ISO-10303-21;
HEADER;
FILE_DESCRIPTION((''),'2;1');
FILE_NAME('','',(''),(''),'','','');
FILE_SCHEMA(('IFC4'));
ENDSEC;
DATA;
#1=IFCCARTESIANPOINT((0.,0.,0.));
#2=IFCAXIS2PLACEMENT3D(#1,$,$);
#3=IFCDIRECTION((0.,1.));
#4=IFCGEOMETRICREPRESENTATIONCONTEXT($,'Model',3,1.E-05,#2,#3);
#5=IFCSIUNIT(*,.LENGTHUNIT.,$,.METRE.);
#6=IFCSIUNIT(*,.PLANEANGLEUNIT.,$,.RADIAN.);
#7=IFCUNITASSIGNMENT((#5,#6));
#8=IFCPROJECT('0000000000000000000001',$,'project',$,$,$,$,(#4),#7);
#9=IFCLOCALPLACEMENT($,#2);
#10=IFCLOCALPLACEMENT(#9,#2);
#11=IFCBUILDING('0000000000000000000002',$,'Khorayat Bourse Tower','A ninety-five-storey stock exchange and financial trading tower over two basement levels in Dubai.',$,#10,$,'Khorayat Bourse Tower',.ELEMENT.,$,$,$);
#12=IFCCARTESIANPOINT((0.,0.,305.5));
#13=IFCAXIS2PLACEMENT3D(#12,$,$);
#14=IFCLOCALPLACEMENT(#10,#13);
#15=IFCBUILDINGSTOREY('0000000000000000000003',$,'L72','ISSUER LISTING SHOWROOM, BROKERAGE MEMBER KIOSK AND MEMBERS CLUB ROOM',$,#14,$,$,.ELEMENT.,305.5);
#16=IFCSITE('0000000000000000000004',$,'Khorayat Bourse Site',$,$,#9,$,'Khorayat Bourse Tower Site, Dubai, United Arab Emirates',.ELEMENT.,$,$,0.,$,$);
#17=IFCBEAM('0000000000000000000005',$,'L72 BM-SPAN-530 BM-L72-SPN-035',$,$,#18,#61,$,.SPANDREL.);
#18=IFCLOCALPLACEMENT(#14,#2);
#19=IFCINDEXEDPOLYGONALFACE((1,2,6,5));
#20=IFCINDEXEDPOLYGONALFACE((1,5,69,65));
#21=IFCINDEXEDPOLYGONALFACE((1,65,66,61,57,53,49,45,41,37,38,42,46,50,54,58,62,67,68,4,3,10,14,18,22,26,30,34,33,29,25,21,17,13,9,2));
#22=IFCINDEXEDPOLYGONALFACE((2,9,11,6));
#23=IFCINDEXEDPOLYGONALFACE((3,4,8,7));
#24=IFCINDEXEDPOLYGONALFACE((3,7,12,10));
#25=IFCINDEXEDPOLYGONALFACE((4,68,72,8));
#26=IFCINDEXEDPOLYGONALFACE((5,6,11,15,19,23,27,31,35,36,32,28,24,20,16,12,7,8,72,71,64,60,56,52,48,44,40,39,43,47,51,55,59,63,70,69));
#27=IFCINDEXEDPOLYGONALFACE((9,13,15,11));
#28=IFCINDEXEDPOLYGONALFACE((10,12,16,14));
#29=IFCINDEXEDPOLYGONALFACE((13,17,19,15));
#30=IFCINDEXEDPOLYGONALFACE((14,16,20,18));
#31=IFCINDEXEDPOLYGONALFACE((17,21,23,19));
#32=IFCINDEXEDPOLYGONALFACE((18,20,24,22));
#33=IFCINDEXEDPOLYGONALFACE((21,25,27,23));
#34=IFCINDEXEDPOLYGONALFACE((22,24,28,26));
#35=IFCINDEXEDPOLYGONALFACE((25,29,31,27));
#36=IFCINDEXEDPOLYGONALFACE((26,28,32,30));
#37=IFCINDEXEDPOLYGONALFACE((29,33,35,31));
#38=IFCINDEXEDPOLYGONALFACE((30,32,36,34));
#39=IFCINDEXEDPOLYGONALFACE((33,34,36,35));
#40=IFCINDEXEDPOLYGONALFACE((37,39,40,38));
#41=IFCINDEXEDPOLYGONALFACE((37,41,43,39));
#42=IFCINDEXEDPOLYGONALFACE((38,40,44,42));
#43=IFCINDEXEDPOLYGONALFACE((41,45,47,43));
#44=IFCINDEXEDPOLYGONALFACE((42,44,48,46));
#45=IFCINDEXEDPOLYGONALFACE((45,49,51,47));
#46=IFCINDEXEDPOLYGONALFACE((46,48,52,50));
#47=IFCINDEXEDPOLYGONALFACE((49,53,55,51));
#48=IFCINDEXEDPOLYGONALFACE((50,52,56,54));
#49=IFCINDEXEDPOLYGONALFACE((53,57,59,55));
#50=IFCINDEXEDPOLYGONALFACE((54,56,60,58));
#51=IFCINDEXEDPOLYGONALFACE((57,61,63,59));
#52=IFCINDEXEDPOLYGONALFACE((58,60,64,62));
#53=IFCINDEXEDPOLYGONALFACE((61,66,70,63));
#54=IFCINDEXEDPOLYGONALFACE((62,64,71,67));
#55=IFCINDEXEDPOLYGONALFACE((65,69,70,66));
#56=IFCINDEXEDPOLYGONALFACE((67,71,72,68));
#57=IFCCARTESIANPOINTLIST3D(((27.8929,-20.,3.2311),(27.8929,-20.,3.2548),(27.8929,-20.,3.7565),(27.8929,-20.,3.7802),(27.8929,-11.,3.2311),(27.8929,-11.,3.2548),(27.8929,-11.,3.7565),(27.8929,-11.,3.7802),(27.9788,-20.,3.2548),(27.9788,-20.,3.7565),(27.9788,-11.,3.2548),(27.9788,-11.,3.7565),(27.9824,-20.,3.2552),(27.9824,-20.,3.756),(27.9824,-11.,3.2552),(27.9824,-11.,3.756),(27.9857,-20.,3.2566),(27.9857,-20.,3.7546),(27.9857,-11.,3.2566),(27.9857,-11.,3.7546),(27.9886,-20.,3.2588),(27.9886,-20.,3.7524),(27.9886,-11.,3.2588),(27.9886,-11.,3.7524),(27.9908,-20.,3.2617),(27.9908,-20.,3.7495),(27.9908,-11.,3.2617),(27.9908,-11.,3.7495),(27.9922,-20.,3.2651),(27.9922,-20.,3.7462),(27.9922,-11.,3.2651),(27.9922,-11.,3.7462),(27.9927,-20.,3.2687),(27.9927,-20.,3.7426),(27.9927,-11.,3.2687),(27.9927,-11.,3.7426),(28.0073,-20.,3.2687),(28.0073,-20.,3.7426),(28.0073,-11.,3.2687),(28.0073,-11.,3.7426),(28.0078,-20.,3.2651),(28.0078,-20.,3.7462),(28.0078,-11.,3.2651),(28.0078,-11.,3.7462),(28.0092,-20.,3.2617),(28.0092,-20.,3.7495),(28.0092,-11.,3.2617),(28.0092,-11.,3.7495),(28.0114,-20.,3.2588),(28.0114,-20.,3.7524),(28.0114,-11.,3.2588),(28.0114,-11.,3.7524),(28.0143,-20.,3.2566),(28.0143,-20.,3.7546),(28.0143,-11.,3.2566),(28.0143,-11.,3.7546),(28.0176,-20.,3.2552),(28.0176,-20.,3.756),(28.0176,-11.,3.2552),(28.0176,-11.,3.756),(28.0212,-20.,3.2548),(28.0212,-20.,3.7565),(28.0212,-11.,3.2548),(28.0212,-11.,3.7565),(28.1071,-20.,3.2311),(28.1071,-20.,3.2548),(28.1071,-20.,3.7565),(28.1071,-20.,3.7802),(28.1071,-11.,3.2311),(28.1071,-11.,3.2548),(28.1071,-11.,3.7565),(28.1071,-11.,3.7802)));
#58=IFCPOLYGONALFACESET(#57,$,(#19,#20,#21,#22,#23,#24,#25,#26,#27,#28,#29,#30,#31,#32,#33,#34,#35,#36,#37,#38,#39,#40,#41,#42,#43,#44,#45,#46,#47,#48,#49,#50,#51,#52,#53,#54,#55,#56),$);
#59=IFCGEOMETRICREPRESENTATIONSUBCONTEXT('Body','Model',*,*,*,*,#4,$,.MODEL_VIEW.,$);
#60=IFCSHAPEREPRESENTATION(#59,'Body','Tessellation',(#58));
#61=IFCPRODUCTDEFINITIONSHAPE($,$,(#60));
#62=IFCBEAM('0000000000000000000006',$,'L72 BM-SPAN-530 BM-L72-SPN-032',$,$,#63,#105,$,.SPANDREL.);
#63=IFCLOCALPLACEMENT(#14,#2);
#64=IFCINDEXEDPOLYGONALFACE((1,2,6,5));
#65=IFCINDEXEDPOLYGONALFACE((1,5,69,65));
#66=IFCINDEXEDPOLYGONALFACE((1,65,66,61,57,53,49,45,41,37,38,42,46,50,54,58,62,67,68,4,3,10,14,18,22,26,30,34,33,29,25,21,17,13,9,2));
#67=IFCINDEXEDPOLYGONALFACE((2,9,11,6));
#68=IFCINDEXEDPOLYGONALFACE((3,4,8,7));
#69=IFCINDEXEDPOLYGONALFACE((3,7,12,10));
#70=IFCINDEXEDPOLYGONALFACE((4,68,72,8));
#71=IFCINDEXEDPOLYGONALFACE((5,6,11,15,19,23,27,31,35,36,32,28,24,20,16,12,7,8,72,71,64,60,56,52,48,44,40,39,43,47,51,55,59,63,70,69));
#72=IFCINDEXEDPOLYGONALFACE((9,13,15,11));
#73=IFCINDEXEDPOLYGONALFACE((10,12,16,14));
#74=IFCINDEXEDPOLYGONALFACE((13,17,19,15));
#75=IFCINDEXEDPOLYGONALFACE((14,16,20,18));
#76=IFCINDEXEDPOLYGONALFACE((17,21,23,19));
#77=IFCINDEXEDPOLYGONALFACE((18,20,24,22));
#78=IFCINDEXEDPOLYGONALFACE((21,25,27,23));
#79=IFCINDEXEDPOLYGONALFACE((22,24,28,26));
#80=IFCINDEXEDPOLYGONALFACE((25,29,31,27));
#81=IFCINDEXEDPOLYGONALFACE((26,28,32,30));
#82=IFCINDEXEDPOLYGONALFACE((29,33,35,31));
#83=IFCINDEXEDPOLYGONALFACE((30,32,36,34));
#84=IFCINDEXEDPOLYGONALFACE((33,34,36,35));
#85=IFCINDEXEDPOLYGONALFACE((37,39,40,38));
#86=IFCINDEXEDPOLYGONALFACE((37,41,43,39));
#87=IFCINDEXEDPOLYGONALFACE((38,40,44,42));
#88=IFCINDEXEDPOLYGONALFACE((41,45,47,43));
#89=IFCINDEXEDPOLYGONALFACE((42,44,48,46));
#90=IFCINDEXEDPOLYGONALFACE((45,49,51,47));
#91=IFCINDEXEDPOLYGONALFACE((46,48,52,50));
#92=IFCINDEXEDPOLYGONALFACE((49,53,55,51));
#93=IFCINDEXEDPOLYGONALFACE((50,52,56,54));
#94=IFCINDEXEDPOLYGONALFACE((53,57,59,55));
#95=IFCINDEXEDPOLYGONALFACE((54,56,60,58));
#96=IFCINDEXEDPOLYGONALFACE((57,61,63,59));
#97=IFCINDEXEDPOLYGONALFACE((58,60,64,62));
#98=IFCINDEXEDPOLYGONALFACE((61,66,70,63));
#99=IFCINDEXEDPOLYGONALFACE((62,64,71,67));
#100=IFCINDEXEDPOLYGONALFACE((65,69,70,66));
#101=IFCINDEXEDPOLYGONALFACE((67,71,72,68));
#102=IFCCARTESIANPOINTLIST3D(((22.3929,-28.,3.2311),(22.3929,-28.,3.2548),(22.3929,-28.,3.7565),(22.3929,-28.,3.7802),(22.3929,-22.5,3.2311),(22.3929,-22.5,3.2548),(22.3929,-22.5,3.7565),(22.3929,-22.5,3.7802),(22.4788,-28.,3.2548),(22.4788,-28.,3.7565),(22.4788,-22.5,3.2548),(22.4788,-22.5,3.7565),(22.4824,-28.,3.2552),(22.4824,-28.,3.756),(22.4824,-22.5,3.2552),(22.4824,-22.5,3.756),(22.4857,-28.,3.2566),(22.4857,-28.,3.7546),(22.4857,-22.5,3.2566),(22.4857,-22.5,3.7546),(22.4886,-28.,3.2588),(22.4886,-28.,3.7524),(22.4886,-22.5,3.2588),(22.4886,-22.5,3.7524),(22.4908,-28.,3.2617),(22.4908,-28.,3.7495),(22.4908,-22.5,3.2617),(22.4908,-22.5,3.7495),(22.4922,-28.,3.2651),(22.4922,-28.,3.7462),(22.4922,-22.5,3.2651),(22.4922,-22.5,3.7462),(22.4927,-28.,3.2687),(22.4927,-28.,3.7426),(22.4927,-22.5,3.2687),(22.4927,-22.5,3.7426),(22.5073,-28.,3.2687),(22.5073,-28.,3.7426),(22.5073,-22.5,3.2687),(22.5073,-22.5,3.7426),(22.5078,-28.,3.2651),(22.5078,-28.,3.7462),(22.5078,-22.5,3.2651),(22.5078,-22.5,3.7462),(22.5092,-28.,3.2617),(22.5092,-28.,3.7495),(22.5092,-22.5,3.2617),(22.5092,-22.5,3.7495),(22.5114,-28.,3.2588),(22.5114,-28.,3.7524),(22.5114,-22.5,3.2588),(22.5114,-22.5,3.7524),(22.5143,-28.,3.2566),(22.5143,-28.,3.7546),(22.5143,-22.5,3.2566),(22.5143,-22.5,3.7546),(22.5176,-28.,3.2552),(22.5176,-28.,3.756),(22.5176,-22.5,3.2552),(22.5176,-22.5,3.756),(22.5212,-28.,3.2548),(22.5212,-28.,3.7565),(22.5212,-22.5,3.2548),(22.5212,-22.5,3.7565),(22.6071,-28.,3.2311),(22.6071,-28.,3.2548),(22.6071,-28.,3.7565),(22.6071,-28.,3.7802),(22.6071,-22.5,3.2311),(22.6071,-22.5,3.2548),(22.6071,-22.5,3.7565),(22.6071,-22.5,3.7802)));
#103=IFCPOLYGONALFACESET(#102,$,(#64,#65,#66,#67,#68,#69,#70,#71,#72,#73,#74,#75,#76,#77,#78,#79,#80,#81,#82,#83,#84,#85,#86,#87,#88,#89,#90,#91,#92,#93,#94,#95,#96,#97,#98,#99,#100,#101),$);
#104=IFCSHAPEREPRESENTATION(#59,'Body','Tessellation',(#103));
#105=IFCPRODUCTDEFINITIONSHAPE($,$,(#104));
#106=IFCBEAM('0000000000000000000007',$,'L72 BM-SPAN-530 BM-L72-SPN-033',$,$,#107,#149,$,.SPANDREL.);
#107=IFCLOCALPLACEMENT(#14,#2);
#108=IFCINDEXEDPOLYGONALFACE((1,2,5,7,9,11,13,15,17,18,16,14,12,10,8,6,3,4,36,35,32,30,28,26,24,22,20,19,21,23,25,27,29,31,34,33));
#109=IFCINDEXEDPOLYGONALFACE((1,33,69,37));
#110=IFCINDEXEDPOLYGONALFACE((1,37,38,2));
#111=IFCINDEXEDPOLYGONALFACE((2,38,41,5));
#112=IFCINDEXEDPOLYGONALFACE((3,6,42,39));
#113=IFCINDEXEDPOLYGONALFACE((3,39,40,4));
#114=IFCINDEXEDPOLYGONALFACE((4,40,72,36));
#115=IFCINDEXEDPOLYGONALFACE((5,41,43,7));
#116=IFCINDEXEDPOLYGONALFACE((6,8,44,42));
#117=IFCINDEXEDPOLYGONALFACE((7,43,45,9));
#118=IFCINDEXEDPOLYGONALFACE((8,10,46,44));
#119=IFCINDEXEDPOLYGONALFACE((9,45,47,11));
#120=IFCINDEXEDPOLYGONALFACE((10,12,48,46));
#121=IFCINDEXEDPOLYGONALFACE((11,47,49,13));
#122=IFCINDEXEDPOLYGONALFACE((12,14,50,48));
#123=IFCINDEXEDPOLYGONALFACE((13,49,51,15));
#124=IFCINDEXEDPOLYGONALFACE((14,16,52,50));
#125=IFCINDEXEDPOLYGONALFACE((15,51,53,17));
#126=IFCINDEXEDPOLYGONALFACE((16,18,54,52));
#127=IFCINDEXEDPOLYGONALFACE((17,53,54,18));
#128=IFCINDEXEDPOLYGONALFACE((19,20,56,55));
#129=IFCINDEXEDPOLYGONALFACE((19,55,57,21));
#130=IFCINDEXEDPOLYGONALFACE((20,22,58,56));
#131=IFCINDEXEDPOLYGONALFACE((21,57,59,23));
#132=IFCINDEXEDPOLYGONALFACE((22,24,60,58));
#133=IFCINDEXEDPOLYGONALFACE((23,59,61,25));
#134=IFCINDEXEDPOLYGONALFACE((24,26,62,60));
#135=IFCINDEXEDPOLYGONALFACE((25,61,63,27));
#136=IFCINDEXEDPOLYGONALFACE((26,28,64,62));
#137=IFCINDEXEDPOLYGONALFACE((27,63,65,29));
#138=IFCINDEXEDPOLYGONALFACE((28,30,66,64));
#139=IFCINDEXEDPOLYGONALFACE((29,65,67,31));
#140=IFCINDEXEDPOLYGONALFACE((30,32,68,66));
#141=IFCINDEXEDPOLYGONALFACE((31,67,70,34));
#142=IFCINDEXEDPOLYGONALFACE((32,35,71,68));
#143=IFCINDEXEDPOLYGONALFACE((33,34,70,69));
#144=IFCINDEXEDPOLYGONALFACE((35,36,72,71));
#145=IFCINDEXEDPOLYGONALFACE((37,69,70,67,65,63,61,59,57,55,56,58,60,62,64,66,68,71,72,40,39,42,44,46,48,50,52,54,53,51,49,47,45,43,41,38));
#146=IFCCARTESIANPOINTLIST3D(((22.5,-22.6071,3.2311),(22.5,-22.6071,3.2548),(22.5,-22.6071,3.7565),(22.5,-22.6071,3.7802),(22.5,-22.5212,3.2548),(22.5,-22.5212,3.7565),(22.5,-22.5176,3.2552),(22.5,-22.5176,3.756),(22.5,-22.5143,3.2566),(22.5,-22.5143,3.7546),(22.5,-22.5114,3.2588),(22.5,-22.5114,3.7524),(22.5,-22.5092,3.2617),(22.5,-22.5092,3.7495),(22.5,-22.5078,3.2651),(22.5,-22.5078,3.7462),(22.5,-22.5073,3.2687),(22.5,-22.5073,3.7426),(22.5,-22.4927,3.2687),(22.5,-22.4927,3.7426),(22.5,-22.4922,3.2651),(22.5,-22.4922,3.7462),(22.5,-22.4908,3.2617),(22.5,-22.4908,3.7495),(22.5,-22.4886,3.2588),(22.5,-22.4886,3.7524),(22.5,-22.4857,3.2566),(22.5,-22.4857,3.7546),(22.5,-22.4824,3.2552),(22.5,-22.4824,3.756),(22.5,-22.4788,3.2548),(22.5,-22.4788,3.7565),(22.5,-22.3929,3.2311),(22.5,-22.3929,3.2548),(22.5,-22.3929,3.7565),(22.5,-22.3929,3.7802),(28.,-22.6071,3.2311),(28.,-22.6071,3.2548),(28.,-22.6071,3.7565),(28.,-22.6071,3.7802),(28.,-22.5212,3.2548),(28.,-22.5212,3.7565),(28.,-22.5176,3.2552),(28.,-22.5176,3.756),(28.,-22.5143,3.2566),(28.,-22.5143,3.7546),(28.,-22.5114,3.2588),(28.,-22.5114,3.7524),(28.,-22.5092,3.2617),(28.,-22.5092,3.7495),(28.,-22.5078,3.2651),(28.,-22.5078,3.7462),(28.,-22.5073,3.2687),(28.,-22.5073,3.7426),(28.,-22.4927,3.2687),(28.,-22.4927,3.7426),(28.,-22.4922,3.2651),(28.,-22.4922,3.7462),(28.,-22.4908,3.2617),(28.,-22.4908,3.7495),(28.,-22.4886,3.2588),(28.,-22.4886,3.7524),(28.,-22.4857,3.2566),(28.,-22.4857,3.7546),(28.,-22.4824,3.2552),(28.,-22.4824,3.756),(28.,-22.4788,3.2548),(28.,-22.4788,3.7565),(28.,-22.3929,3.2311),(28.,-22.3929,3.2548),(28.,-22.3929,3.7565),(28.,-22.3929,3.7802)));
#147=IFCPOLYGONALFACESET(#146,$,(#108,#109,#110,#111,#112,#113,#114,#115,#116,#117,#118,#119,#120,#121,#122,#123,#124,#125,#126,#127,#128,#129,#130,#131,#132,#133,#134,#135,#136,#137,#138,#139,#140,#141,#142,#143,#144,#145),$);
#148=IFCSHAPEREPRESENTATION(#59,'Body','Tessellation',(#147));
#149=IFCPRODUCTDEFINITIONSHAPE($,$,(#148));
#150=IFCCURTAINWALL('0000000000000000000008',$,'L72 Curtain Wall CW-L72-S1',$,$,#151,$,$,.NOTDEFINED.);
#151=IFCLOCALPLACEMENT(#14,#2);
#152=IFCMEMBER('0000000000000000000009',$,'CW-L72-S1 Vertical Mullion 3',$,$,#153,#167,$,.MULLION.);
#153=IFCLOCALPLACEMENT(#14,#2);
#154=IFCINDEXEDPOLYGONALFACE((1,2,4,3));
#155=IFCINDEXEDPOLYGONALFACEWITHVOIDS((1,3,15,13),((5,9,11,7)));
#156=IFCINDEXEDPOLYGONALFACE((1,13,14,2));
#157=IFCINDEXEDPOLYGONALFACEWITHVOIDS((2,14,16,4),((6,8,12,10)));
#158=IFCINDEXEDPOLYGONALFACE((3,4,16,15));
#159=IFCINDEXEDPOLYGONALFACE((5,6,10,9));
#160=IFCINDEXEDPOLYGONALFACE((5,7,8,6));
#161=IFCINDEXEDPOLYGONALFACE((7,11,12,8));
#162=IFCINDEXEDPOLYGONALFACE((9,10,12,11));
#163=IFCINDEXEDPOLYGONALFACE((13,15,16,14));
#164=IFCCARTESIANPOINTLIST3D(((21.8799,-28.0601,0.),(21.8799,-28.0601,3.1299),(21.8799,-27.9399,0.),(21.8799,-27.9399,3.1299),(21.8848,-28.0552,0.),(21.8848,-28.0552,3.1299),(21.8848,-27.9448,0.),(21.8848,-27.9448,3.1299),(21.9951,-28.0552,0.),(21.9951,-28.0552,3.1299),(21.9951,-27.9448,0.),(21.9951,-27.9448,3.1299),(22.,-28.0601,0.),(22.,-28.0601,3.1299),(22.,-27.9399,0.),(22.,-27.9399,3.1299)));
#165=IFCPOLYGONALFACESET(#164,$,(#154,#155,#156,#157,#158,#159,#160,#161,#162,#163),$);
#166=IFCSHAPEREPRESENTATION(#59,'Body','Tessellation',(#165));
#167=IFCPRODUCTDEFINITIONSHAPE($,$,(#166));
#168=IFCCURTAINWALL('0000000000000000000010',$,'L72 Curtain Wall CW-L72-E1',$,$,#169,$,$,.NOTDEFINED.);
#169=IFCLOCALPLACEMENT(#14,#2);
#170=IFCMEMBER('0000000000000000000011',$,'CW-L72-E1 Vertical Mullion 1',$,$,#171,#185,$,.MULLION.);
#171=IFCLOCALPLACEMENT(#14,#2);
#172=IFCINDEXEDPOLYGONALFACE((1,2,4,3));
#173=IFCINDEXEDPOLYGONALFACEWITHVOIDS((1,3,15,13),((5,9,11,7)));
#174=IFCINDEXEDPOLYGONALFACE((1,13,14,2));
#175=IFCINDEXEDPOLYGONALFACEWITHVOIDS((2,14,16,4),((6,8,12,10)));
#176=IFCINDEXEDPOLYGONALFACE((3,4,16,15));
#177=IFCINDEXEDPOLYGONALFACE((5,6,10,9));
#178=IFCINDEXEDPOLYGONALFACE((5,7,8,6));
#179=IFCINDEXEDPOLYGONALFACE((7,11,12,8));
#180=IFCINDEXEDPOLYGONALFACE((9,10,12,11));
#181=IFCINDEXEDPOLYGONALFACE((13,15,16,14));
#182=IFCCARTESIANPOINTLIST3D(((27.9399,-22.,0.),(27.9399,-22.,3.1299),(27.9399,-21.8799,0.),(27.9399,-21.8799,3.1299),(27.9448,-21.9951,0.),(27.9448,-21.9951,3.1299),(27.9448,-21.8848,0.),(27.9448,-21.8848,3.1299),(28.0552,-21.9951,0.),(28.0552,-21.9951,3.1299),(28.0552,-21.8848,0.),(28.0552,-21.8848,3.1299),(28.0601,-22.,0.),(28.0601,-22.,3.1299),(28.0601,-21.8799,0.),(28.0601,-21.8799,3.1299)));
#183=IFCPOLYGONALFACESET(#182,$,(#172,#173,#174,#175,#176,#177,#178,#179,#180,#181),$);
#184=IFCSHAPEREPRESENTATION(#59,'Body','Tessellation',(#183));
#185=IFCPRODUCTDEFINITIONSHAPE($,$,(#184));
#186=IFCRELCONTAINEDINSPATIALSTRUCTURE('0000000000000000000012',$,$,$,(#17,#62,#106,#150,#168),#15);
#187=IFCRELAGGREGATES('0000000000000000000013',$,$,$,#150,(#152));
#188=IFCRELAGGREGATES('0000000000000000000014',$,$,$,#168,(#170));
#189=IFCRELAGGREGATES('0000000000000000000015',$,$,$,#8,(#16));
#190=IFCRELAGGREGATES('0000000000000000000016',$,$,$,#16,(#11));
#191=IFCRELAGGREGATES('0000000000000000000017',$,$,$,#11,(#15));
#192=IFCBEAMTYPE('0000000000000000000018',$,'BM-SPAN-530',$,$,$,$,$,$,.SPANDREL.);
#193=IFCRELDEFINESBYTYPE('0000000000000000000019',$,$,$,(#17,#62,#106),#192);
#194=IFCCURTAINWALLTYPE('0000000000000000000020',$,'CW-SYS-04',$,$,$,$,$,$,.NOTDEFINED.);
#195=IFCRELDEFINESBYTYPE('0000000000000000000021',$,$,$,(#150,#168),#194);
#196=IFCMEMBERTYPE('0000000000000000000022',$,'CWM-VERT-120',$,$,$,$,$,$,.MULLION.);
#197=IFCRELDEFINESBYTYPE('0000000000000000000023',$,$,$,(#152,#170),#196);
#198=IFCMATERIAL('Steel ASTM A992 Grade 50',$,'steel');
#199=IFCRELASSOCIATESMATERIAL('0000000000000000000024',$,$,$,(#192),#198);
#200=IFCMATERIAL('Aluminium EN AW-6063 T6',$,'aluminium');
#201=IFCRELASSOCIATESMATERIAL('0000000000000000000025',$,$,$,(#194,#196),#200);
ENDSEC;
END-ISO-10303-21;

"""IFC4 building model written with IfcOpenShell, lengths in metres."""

from ifc_helpers import new_model, si_unit, direction, frame, origin, origin_2d, place, context, subcontext, project, spatial, hollow_rectangle, i_section, extrude, source, transform, mapped, material, material_profile, profile_set, type_object, element, aggregate, save


model = new_model("IFC4")

# Units and contexts
model_context = context("Model", 3, precision=1e-05, world=origin(), true_north=direction((0.0, 1.0)))
body_context = subcontext(model_context, "Body", "Model", "MODEL_VIEW")
ifc_project = project(units=[si_unit("LENGTHUNIT", "METRE"), si_unit("PLANEANGLEUNIT", "RADIAN")], contexts=[model_context])

# Site, building, storey
site_placement = place(None, origin())
site = spatial("IfcSite", under=ifc_project, at=site_placement, Name="Khorayat Bourse Site", LongName="Khorayat Bourse Tower Site, Dubai, United Arab Emirates", CompositionType="ELEMENT", RefElevation=0.0)
building_placement = place(site_placement, origin())
building = spatial("IfcBuilding", under=site, at=building_placement, Name="Khorayat Bourse Tower", Description="A ninety-five-storey stock exchange and financial trading tower over two basement levels in Dubai.", LongName="Khorayat Bourse Tower", CompositionType="ELEMENT")
storey_placement = place(building_placement, frame((0.0, 0.0, 305.5)))
storey = spatial("IfcBuildingStorey", under=building, at=storey_placement, Name="L72", Description="ISSUER LISTING SHOWROOM, BROKERAGE MEMBER KIOSK AND MEMBERS CLUB ROOM", CompositionType="ELEMENT", Elevation=305.5)

# Beams
ifc_material_1 = material(Name="Steel ASTM A992 Grade 50", Category="steel")
ifc_material_profile_1 = material_profile(ifc_material_1, i_section(OverallWidth=0.2141, OverallDepth=0.5491, WebThickness=0.0146, FlangeThickness=0.0237, FilletRadius=0.0139, at=origin_2d()), Name="W530X138")
ifc_profile_set_1 = profile_set([ifc_material_profile_1], Name="Steel ASTM A992 Grade 50")
beam_type_1 = type_object("IfcBeamType", Name="BM-SPAN-530", PredefinedType="SPANDREL", material=ifc_profile_set_1)
shared_shape_1 = source(origin(), body_context, "Body", "SweptSolid", [
    extrude(i_section(OverallWidth=0.2141, OverallDepth=0.5491, WebThickness=0.0146, FlangeThickness=0.0237, FilletRadius=0.0139, at=origin_2d()), origin(), (0.0, 0.0, 1.0), 9.0),
])
beam_1_placement = place(storey_placement, frame((28.0, -20.0, 3.5056), z_axis=(0.0, 1.0, 0.0), x_axis=(-1.0, 0.0, 0.0)))
element("IfcBeam", 1, at=beam_1_placement, inside=storey, type_object=beam_type_1, Name="L72 BM-SPAN-530 BM-L72-SPN-035", PredefinedType="SPANDREL", context=body_context, shape_type="MappedRepresentation", body=[
    mapped(shared_shape_1, transform((0.0, 0.0, 0.0), scale=1.0)),
])
shared_shape_2 = source(origin(), body_context, "Body", "SweptSolid", [
    extrude(i_section(OverallWidth=0.2141, OverallDepth=0.5491, WebThickness=0.0146, FlangeThickness=0.0237, FilletRadius=0.0139, at=origin_2d()), origin(), (0.0, 0.0, 1.0), 5.5),
])
for number, where, z_axis, x_axis, name in (
    (2, (22.5, -28.0, 3.5056), (0.0, 1.0, 0.0), (-1.0, 0.0, 0.0), "L72 BM-SPAN-530 BM-L72-SPN-032"),
    (3, (22.5, -22.5, 3.5056), (1.0, 0.0, 0.0), (0.0, 1.0, 0.0), "L72 BM-SPAN-530 BM-L72-SPN-033"),
):
    element("IfcBeam", number, at=place(storey_placement, frame(where, z_axis=z_axis, x_axis=x_axis)), inside=storey, type_object=beam_type_1, Name=name, PredefinedType="SPANDREL", context=body_context, shape_type="MappedRepresentation", body=[
        mapped(shared_shape_2, transform((0.0, 0.0, 0.0), scale=1.0)),
    ])

# Curtain walls, members
ifc_material_2 = material(Name="Aluminium EN AW-6063 T6", Category="aluminium")
curtain_wall_type = type_object("IfcCurtainWallType", Name="CW-SYS-04", PredefinedType="NOTDEFINED", material=ifc_material_2)
curtain_wall_1_placement = place(storey_placement, origin())
curtain_wall_1 = element("IfcCurtainWall", 4, at=curtain_wall_1_placement, inside=storey, type_object=curtain_wall_type, Name="L72 Curtain Wall CW-L72-S1", PredefinedType="NOTDEFINED")
ifc_material_profile_2 = material_profile(ifc_material_2, hollow_rectangle(XDim=0.1201, YDim=0.1201, WallThickness=0.0049, at=origin_2d()), Name="ALU 120x120x5")
ifc_profile_set_2 = profile_set([ifc_material_profile_2], Name="Aluminium EN AW-6063 T6")
member_type_1 = type_object("IfcMemberType", Name="CWM-VERT-120", PredefinedType="MULLION", material=ifc_profile_set_2)
shared_shape_3 = source(origin(), body_context, "Body", "SweptSolid", [
    extrude(hollow_rectangle(XDim=0.1201, YDim=0.1201, WallThickness=0.0049, at=origin_2d()), origin(), (0.0, 0.0, 1.0), 3.1299),
])
member_1_placement = place(storey_placement, frame((21.9399, -28.0, 0.0), z_axis=(0.0, 0.0, 1.0), x_axis=(0.0, 1.0, 0.0)))
member_1 = element("IfcMember", 5, at=member_1_placement, type_object=member_type_1, Name="CW-L72-S1 Vertical Mullion 3", PredefinedType="MULLION", context=body_context, shape_type="MappedRepresentation", body=[
    mapped(shared_shape_3, transform((0.0, 0.0, 0.0), scale=1.0)),
])
curtain_wall_2_placement = place(storey_placement, origin())
curtain_wall_2 = element("IfcCurtainWall", 6, at=curtain_wall_2_placement, inside=storey, type_object=curtain_wall_type, Name="L72 Curtain Wall CW-L72-E1", PredefinedType="NOTDEFINED")
member_2_placement = place(storey_placement, frame((28.0, -21.9399, 0.0), z_axis=(0.0, 0.0, 1.0), x_axis=(-1.0, 0.0, 0.0)))
member_2 = element("IfcMember", 7, at=member_2_placement, type_object=member_type_1, Name="CW-L72-E1 Vertical Mullion 1", PredefinedType="MULLION", context=body_context, shape_type="MappedRepresentation", body=[
    mapped(shared_shape_3, transform((0.0, 0.0, 0.0), scale=1.0)),
])

aggregate(curtain_wall_1, [member_1])
aggregate(curtain_wall_2, [member_2])

save(model, "model.ifc")
